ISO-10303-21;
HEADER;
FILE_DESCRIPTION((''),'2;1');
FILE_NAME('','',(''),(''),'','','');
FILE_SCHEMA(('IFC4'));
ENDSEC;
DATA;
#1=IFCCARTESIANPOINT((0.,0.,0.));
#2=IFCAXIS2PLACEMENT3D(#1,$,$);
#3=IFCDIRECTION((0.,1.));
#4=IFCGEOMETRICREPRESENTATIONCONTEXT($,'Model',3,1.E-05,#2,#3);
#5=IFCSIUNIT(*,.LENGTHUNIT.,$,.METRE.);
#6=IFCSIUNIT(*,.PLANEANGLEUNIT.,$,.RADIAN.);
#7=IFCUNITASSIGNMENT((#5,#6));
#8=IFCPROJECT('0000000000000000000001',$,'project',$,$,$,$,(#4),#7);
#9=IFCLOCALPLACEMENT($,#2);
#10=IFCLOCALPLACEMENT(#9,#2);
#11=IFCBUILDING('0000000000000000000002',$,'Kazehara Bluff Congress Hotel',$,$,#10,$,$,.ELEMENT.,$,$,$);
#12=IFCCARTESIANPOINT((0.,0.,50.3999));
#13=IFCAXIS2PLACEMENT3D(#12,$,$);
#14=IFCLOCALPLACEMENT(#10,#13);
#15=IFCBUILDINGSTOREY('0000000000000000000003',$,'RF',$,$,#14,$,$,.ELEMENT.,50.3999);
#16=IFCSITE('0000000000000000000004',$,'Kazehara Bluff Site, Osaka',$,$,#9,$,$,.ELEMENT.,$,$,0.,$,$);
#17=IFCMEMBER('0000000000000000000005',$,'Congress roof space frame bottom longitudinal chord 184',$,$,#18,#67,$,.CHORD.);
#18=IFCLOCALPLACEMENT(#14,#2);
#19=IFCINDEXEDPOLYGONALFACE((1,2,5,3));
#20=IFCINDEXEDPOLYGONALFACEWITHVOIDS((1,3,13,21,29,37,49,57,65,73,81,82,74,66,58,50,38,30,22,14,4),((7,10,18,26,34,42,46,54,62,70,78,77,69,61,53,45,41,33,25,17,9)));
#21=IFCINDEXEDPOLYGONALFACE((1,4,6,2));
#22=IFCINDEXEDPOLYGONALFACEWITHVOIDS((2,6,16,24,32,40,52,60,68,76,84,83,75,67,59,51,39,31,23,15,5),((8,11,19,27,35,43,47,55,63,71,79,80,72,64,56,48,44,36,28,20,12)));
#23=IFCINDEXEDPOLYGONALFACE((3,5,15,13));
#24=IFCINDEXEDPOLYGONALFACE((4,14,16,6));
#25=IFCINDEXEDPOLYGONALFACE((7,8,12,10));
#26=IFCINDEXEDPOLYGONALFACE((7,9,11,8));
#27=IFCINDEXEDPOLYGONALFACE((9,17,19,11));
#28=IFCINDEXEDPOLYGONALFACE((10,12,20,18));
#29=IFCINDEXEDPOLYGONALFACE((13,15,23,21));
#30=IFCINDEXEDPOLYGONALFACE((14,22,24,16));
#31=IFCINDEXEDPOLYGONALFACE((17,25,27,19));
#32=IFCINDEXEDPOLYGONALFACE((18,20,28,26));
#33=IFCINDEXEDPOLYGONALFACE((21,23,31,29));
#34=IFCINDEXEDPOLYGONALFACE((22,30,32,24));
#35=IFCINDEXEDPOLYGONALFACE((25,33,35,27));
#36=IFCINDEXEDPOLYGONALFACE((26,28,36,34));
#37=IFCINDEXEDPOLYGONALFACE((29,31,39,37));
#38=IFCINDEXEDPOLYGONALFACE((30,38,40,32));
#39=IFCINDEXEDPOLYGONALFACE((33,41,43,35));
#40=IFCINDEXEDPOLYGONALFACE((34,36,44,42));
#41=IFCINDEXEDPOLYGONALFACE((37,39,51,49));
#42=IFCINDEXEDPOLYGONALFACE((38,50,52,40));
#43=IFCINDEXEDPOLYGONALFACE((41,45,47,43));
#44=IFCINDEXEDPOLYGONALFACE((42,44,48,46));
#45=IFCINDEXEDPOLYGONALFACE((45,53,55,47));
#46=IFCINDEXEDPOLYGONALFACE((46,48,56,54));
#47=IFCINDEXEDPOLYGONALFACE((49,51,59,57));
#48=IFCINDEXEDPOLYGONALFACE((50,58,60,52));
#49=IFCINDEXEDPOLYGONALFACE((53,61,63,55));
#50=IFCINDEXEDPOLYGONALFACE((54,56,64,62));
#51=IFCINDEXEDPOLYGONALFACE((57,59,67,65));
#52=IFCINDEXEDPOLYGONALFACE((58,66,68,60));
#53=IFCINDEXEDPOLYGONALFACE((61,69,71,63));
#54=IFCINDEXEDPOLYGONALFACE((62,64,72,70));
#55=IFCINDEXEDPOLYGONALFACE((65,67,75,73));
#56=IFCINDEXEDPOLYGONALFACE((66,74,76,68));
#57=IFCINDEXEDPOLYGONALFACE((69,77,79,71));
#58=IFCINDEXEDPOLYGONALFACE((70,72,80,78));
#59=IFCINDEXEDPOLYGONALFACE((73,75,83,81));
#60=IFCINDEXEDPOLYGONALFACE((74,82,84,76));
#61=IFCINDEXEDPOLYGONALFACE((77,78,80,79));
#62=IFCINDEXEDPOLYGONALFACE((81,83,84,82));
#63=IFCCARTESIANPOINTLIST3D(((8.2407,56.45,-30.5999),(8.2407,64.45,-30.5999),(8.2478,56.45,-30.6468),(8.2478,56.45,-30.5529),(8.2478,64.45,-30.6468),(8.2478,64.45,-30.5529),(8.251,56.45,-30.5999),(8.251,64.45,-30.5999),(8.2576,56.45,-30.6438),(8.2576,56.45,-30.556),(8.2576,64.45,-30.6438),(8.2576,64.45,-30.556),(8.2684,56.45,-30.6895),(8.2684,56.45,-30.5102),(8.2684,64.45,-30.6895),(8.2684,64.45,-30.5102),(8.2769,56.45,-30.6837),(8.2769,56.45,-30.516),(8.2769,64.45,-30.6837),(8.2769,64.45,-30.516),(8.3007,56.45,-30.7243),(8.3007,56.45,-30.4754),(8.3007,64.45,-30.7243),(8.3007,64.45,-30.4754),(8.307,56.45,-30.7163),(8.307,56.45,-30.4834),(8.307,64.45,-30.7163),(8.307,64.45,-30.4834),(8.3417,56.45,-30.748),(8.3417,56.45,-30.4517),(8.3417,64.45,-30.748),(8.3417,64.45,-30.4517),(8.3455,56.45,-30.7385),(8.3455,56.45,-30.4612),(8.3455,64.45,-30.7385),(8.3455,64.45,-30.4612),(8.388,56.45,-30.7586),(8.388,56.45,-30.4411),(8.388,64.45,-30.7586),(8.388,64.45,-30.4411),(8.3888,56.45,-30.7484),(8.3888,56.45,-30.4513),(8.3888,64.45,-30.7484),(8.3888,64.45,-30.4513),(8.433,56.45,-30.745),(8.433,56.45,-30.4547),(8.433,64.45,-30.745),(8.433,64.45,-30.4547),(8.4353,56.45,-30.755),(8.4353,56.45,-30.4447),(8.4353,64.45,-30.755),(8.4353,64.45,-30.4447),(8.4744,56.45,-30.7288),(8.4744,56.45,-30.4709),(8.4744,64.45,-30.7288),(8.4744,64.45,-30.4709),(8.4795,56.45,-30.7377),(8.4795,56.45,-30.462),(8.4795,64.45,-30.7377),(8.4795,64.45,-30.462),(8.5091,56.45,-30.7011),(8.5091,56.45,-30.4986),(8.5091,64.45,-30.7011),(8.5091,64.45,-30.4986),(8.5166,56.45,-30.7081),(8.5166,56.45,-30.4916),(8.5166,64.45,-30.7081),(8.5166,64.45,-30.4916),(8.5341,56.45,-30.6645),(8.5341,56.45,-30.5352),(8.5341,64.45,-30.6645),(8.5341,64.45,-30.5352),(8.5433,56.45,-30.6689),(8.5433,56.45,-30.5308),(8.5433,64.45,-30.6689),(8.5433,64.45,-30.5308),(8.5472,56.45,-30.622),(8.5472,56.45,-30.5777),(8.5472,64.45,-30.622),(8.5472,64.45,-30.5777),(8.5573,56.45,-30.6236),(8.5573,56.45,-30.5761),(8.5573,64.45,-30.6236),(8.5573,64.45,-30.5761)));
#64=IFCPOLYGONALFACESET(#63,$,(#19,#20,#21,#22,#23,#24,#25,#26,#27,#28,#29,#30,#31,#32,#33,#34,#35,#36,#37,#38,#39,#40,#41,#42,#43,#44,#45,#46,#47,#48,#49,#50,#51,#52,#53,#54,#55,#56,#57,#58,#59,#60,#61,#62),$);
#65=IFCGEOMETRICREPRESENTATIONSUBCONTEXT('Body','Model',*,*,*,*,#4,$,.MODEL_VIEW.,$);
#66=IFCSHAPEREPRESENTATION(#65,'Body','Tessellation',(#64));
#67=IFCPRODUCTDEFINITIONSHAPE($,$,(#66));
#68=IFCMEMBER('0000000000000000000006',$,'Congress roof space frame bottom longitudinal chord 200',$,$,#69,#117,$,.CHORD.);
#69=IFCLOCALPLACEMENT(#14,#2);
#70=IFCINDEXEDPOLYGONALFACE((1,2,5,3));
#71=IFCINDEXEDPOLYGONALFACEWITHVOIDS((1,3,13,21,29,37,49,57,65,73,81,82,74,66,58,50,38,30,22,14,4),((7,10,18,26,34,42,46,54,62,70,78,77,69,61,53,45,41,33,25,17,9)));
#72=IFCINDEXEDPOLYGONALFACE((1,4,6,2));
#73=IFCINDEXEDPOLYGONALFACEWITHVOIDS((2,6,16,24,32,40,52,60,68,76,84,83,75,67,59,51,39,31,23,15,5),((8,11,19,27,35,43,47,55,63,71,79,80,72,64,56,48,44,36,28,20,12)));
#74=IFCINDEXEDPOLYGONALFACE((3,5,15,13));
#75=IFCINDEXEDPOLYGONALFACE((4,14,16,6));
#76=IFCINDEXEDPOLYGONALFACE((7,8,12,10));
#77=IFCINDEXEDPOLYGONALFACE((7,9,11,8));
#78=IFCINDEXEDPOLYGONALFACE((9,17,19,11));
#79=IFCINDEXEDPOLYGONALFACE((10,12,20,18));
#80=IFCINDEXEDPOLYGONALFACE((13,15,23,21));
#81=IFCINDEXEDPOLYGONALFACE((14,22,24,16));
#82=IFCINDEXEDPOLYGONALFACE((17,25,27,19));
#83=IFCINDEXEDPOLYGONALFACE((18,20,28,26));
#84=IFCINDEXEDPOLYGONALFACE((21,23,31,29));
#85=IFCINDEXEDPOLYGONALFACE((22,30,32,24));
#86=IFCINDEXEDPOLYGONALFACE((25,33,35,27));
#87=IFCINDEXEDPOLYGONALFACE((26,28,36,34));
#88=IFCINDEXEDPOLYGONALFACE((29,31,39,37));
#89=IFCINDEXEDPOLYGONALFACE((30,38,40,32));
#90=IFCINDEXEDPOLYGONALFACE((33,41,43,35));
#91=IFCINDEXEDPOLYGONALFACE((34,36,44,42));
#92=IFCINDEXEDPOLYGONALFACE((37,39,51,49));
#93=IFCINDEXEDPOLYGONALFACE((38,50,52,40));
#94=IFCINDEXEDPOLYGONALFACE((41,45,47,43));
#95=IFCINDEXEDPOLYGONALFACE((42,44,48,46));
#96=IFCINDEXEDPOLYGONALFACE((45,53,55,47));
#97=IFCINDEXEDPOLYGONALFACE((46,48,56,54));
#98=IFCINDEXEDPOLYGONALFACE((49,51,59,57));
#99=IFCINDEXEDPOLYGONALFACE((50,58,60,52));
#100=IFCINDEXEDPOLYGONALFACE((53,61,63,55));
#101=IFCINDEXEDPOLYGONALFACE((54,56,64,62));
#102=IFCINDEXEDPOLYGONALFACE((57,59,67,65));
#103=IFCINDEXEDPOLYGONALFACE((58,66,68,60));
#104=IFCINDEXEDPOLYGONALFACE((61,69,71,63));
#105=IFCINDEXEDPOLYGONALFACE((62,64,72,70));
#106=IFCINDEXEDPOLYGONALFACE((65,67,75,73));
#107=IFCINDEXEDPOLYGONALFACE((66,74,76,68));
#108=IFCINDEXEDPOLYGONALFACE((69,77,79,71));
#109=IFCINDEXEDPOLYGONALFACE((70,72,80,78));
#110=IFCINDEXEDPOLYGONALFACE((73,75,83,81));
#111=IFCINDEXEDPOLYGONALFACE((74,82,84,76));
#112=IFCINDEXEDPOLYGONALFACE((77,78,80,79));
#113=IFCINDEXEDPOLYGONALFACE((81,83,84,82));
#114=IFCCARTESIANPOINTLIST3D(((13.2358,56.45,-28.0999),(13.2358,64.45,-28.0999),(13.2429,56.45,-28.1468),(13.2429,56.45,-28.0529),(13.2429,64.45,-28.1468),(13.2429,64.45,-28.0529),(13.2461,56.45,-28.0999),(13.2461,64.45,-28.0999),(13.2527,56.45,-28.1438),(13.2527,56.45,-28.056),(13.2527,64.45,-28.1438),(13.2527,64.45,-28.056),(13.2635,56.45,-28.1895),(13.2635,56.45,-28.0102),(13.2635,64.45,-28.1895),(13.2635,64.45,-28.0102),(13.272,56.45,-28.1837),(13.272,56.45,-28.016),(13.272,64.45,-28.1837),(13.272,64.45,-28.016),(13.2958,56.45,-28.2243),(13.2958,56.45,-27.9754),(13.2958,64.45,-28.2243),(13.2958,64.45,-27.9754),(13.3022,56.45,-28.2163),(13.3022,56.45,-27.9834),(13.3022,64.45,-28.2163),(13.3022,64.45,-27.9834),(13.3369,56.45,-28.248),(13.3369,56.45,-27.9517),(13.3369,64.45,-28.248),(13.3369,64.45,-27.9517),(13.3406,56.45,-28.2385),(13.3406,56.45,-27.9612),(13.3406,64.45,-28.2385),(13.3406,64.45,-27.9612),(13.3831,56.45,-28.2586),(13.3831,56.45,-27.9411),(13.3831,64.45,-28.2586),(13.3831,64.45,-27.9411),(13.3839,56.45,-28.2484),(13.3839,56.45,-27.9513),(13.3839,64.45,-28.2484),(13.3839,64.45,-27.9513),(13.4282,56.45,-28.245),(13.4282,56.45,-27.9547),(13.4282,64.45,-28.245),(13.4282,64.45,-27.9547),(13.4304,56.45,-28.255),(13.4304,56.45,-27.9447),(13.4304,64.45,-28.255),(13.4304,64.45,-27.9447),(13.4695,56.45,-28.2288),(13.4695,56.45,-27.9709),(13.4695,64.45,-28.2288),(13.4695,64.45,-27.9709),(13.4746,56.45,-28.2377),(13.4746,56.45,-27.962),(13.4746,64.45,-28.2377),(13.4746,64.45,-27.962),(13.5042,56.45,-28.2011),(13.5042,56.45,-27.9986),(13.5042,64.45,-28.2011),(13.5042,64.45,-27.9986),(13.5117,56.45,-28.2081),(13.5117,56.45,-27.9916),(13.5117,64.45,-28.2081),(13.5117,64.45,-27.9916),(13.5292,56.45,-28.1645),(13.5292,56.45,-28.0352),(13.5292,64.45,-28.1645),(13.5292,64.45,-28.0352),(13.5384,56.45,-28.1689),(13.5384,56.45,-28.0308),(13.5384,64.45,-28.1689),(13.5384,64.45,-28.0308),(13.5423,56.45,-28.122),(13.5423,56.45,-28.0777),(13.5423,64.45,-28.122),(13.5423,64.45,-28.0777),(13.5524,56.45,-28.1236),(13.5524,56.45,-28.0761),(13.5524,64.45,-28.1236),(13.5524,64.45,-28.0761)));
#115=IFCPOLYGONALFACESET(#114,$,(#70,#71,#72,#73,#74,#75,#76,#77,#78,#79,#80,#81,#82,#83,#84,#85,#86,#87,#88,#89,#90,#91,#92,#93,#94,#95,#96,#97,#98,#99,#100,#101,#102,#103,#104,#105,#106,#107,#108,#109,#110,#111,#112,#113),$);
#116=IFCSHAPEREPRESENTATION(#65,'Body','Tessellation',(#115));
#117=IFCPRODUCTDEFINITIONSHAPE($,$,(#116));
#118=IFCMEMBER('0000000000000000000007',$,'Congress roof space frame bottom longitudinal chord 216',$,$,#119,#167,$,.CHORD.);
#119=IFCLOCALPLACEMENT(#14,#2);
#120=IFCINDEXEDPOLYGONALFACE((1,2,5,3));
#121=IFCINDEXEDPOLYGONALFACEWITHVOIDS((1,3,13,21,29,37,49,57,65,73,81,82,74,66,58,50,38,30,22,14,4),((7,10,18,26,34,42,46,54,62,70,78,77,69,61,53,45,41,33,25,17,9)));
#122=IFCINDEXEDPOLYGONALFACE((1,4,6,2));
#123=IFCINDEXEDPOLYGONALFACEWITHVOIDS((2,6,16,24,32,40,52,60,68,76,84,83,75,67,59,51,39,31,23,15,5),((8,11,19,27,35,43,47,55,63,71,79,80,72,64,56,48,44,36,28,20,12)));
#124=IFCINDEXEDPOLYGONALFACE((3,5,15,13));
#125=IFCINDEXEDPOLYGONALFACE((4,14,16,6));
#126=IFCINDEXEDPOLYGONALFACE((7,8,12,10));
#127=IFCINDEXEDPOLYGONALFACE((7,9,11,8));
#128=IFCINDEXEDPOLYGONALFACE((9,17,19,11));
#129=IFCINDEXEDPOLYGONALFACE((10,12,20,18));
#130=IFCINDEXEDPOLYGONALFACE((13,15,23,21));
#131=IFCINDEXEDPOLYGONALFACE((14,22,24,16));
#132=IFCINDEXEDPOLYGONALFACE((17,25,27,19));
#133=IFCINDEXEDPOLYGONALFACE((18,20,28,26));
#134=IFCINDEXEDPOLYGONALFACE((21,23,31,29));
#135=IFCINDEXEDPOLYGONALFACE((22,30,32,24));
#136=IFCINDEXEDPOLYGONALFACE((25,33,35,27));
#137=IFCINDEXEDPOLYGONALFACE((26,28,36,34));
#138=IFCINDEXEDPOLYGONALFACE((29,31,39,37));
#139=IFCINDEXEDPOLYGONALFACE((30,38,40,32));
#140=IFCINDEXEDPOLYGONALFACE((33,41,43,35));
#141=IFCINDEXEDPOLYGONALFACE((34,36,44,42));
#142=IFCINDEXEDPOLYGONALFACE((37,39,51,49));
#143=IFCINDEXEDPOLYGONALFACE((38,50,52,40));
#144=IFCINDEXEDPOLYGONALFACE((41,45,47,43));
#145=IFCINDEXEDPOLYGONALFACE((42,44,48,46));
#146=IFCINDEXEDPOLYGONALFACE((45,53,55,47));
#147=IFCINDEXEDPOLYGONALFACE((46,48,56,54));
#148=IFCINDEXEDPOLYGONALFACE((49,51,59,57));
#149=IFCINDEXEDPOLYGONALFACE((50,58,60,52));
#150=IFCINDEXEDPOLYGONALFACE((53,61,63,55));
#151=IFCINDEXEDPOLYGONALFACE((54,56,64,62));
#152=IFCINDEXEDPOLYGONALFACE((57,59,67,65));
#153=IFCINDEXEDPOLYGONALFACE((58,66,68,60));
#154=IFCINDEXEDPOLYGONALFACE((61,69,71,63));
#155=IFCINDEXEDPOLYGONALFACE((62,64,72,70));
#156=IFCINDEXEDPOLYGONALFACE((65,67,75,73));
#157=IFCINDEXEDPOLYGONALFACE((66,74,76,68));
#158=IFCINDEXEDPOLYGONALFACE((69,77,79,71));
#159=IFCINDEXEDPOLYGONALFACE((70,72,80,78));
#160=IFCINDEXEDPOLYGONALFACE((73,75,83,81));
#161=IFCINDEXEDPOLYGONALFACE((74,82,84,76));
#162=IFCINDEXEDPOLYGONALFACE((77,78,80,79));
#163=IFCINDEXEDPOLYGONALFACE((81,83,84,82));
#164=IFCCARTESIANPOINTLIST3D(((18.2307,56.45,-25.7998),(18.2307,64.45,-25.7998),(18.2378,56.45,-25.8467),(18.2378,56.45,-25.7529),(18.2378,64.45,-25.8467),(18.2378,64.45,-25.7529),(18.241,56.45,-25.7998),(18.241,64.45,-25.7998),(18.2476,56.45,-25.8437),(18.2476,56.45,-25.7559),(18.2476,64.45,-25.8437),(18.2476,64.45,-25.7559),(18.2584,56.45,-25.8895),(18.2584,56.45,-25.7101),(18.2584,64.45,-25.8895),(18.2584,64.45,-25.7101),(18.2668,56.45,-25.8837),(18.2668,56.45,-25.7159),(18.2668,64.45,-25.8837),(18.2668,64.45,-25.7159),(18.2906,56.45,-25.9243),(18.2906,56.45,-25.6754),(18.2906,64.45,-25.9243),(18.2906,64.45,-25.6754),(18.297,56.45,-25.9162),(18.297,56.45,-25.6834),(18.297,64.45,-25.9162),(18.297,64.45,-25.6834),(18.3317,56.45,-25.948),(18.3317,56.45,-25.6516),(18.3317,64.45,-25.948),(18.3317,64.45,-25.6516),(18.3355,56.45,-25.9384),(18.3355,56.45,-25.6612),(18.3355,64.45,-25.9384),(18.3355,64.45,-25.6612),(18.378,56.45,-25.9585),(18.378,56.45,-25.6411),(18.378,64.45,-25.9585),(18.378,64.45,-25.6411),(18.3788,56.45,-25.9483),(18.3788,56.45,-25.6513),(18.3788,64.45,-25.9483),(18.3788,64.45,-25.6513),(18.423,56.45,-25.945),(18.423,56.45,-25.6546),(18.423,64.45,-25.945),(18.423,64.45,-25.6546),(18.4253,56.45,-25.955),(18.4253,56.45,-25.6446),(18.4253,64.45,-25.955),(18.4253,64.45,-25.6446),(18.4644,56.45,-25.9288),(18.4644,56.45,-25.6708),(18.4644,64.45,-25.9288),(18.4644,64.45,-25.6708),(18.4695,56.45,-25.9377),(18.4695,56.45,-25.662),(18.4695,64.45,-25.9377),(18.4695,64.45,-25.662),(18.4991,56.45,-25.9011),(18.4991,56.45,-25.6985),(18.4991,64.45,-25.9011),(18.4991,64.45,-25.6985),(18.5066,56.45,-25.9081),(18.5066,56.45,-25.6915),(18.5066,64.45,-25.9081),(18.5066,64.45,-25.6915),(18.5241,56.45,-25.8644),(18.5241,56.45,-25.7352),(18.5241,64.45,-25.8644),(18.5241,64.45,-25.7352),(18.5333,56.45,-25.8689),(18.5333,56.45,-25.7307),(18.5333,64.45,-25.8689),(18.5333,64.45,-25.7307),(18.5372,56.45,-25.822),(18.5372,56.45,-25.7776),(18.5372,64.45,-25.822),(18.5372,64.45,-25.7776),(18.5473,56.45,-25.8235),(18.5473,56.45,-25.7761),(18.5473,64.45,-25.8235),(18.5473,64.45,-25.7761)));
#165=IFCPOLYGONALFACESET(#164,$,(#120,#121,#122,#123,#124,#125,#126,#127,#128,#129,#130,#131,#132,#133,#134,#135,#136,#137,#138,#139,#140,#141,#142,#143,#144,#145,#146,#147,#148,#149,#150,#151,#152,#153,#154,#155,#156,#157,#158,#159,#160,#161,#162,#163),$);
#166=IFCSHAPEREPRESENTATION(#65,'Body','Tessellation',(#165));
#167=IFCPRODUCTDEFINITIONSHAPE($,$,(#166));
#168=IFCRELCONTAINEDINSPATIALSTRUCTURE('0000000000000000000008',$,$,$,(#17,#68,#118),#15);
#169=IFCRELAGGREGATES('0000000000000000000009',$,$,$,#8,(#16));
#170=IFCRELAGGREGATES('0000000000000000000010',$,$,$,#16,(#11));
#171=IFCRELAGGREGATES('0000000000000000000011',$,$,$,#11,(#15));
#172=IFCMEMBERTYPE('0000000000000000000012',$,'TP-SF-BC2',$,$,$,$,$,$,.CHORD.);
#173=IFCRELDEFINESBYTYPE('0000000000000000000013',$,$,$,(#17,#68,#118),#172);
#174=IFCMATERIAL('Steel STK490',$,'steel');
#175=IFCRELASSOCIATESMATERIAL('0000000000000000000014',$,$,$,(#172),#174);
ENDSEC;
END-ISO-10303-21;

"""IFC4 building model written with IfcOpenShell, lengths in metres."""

from ifc_helpers import new_model, si_unit, direction, frame, origin, origin_2d, place, context, subcontext, project, spatial, hollow_circle, extrude, material, material_profile, profile_set, type_object, element, save


model = new_model("IFC4")

# Units and contexts
model_context = context("Model", 3, precision=1e-05, world=origin(), true_north=direction((0.0, 1.0)))
body_context = subcontext(model_context, "Body", "Model", "MODEL_VIEW")
ifc_project = project(units=[si_unit("LENGTHUNIT", "METRE"), si_unit("PLANEANGLEUNIT", "RADIAN")], contexts=[model_context])

# Site, building, storey
site_placement = place(None, origin())
site = spatial("IfcSite", under=ifc_project, at=site_placement, Name="Kazehara Bluff Site, Osaka", CompositionType="ELEMENT", RefElevation=0.0)
building_placement = place(site_placement, origin())
building = spatial("IfcBuilding", under=site, at=building_placement, Name="Kazehara Bluff Congress Hotel", CompositionType="ELEMENT")
storey_placement = place(building_placement, frame((0.0, 0.0, 50.3999)))
storey = spatial("IfcBuildingStorey", under=building, at=storey_placement, Name="RF", CompositionType="ELEMENT", Elevation=50.3999)

# Members
ifc_material_1 = material(Name="Steel STK490", Category="steel")
ifc_material_profile_1 = material_profile(ifc_material_1, hollow_circle(Radius=0.1592, WallThickness=0.0103, at=origin_2d()))
ifc_profile_set_1 = profile_set([ifc_material_profile_1], Name="Steel STK490")
member_type_1 = type_object("IfcMemberType", Name="TP-SF-BC2", PredefinedType="CHORD", material=ifc_profile_set_1)
for number, where, z_axis, x_axis, name in (
    (1, (8.3999, 56.45, -30.5999), (0.0, 1.0, 0.0), (-1.0, 0.0, 0.0), "Congress roof space frame bottom longitudinal chord 184"),
    (2, (13.395, 56.45, -28.0999), (0.0, 1.0, 0.0), (-1.0, 0.0, 0.0), "Congress roof space frame bottom longitudinal chord 200"),
    (3, (18.3899, 56.45, -25.7998), (0.0, 1.0, 0.0), (-1.0, 0.0, 0.0), "Congress roof space frame bottom longitudinal chord 216"),
):
    element("IfcMember", number, at=place(storey_placement, frame(where, z_axis=z_axis, x_axis=x_axis)), inside=storey, type_object=member_type_1, Name=name, PredefinedType="CHORD", context=body_context, shape_type="SweptSolid", body=[
        extrude(hollow_circle(Radius=0.1592, WallThickness=0.0103, at=origin_2d()), origin(), (0.0, 0.0, 1.0), 8.0),
    ])

save(model, "model.ifc")
